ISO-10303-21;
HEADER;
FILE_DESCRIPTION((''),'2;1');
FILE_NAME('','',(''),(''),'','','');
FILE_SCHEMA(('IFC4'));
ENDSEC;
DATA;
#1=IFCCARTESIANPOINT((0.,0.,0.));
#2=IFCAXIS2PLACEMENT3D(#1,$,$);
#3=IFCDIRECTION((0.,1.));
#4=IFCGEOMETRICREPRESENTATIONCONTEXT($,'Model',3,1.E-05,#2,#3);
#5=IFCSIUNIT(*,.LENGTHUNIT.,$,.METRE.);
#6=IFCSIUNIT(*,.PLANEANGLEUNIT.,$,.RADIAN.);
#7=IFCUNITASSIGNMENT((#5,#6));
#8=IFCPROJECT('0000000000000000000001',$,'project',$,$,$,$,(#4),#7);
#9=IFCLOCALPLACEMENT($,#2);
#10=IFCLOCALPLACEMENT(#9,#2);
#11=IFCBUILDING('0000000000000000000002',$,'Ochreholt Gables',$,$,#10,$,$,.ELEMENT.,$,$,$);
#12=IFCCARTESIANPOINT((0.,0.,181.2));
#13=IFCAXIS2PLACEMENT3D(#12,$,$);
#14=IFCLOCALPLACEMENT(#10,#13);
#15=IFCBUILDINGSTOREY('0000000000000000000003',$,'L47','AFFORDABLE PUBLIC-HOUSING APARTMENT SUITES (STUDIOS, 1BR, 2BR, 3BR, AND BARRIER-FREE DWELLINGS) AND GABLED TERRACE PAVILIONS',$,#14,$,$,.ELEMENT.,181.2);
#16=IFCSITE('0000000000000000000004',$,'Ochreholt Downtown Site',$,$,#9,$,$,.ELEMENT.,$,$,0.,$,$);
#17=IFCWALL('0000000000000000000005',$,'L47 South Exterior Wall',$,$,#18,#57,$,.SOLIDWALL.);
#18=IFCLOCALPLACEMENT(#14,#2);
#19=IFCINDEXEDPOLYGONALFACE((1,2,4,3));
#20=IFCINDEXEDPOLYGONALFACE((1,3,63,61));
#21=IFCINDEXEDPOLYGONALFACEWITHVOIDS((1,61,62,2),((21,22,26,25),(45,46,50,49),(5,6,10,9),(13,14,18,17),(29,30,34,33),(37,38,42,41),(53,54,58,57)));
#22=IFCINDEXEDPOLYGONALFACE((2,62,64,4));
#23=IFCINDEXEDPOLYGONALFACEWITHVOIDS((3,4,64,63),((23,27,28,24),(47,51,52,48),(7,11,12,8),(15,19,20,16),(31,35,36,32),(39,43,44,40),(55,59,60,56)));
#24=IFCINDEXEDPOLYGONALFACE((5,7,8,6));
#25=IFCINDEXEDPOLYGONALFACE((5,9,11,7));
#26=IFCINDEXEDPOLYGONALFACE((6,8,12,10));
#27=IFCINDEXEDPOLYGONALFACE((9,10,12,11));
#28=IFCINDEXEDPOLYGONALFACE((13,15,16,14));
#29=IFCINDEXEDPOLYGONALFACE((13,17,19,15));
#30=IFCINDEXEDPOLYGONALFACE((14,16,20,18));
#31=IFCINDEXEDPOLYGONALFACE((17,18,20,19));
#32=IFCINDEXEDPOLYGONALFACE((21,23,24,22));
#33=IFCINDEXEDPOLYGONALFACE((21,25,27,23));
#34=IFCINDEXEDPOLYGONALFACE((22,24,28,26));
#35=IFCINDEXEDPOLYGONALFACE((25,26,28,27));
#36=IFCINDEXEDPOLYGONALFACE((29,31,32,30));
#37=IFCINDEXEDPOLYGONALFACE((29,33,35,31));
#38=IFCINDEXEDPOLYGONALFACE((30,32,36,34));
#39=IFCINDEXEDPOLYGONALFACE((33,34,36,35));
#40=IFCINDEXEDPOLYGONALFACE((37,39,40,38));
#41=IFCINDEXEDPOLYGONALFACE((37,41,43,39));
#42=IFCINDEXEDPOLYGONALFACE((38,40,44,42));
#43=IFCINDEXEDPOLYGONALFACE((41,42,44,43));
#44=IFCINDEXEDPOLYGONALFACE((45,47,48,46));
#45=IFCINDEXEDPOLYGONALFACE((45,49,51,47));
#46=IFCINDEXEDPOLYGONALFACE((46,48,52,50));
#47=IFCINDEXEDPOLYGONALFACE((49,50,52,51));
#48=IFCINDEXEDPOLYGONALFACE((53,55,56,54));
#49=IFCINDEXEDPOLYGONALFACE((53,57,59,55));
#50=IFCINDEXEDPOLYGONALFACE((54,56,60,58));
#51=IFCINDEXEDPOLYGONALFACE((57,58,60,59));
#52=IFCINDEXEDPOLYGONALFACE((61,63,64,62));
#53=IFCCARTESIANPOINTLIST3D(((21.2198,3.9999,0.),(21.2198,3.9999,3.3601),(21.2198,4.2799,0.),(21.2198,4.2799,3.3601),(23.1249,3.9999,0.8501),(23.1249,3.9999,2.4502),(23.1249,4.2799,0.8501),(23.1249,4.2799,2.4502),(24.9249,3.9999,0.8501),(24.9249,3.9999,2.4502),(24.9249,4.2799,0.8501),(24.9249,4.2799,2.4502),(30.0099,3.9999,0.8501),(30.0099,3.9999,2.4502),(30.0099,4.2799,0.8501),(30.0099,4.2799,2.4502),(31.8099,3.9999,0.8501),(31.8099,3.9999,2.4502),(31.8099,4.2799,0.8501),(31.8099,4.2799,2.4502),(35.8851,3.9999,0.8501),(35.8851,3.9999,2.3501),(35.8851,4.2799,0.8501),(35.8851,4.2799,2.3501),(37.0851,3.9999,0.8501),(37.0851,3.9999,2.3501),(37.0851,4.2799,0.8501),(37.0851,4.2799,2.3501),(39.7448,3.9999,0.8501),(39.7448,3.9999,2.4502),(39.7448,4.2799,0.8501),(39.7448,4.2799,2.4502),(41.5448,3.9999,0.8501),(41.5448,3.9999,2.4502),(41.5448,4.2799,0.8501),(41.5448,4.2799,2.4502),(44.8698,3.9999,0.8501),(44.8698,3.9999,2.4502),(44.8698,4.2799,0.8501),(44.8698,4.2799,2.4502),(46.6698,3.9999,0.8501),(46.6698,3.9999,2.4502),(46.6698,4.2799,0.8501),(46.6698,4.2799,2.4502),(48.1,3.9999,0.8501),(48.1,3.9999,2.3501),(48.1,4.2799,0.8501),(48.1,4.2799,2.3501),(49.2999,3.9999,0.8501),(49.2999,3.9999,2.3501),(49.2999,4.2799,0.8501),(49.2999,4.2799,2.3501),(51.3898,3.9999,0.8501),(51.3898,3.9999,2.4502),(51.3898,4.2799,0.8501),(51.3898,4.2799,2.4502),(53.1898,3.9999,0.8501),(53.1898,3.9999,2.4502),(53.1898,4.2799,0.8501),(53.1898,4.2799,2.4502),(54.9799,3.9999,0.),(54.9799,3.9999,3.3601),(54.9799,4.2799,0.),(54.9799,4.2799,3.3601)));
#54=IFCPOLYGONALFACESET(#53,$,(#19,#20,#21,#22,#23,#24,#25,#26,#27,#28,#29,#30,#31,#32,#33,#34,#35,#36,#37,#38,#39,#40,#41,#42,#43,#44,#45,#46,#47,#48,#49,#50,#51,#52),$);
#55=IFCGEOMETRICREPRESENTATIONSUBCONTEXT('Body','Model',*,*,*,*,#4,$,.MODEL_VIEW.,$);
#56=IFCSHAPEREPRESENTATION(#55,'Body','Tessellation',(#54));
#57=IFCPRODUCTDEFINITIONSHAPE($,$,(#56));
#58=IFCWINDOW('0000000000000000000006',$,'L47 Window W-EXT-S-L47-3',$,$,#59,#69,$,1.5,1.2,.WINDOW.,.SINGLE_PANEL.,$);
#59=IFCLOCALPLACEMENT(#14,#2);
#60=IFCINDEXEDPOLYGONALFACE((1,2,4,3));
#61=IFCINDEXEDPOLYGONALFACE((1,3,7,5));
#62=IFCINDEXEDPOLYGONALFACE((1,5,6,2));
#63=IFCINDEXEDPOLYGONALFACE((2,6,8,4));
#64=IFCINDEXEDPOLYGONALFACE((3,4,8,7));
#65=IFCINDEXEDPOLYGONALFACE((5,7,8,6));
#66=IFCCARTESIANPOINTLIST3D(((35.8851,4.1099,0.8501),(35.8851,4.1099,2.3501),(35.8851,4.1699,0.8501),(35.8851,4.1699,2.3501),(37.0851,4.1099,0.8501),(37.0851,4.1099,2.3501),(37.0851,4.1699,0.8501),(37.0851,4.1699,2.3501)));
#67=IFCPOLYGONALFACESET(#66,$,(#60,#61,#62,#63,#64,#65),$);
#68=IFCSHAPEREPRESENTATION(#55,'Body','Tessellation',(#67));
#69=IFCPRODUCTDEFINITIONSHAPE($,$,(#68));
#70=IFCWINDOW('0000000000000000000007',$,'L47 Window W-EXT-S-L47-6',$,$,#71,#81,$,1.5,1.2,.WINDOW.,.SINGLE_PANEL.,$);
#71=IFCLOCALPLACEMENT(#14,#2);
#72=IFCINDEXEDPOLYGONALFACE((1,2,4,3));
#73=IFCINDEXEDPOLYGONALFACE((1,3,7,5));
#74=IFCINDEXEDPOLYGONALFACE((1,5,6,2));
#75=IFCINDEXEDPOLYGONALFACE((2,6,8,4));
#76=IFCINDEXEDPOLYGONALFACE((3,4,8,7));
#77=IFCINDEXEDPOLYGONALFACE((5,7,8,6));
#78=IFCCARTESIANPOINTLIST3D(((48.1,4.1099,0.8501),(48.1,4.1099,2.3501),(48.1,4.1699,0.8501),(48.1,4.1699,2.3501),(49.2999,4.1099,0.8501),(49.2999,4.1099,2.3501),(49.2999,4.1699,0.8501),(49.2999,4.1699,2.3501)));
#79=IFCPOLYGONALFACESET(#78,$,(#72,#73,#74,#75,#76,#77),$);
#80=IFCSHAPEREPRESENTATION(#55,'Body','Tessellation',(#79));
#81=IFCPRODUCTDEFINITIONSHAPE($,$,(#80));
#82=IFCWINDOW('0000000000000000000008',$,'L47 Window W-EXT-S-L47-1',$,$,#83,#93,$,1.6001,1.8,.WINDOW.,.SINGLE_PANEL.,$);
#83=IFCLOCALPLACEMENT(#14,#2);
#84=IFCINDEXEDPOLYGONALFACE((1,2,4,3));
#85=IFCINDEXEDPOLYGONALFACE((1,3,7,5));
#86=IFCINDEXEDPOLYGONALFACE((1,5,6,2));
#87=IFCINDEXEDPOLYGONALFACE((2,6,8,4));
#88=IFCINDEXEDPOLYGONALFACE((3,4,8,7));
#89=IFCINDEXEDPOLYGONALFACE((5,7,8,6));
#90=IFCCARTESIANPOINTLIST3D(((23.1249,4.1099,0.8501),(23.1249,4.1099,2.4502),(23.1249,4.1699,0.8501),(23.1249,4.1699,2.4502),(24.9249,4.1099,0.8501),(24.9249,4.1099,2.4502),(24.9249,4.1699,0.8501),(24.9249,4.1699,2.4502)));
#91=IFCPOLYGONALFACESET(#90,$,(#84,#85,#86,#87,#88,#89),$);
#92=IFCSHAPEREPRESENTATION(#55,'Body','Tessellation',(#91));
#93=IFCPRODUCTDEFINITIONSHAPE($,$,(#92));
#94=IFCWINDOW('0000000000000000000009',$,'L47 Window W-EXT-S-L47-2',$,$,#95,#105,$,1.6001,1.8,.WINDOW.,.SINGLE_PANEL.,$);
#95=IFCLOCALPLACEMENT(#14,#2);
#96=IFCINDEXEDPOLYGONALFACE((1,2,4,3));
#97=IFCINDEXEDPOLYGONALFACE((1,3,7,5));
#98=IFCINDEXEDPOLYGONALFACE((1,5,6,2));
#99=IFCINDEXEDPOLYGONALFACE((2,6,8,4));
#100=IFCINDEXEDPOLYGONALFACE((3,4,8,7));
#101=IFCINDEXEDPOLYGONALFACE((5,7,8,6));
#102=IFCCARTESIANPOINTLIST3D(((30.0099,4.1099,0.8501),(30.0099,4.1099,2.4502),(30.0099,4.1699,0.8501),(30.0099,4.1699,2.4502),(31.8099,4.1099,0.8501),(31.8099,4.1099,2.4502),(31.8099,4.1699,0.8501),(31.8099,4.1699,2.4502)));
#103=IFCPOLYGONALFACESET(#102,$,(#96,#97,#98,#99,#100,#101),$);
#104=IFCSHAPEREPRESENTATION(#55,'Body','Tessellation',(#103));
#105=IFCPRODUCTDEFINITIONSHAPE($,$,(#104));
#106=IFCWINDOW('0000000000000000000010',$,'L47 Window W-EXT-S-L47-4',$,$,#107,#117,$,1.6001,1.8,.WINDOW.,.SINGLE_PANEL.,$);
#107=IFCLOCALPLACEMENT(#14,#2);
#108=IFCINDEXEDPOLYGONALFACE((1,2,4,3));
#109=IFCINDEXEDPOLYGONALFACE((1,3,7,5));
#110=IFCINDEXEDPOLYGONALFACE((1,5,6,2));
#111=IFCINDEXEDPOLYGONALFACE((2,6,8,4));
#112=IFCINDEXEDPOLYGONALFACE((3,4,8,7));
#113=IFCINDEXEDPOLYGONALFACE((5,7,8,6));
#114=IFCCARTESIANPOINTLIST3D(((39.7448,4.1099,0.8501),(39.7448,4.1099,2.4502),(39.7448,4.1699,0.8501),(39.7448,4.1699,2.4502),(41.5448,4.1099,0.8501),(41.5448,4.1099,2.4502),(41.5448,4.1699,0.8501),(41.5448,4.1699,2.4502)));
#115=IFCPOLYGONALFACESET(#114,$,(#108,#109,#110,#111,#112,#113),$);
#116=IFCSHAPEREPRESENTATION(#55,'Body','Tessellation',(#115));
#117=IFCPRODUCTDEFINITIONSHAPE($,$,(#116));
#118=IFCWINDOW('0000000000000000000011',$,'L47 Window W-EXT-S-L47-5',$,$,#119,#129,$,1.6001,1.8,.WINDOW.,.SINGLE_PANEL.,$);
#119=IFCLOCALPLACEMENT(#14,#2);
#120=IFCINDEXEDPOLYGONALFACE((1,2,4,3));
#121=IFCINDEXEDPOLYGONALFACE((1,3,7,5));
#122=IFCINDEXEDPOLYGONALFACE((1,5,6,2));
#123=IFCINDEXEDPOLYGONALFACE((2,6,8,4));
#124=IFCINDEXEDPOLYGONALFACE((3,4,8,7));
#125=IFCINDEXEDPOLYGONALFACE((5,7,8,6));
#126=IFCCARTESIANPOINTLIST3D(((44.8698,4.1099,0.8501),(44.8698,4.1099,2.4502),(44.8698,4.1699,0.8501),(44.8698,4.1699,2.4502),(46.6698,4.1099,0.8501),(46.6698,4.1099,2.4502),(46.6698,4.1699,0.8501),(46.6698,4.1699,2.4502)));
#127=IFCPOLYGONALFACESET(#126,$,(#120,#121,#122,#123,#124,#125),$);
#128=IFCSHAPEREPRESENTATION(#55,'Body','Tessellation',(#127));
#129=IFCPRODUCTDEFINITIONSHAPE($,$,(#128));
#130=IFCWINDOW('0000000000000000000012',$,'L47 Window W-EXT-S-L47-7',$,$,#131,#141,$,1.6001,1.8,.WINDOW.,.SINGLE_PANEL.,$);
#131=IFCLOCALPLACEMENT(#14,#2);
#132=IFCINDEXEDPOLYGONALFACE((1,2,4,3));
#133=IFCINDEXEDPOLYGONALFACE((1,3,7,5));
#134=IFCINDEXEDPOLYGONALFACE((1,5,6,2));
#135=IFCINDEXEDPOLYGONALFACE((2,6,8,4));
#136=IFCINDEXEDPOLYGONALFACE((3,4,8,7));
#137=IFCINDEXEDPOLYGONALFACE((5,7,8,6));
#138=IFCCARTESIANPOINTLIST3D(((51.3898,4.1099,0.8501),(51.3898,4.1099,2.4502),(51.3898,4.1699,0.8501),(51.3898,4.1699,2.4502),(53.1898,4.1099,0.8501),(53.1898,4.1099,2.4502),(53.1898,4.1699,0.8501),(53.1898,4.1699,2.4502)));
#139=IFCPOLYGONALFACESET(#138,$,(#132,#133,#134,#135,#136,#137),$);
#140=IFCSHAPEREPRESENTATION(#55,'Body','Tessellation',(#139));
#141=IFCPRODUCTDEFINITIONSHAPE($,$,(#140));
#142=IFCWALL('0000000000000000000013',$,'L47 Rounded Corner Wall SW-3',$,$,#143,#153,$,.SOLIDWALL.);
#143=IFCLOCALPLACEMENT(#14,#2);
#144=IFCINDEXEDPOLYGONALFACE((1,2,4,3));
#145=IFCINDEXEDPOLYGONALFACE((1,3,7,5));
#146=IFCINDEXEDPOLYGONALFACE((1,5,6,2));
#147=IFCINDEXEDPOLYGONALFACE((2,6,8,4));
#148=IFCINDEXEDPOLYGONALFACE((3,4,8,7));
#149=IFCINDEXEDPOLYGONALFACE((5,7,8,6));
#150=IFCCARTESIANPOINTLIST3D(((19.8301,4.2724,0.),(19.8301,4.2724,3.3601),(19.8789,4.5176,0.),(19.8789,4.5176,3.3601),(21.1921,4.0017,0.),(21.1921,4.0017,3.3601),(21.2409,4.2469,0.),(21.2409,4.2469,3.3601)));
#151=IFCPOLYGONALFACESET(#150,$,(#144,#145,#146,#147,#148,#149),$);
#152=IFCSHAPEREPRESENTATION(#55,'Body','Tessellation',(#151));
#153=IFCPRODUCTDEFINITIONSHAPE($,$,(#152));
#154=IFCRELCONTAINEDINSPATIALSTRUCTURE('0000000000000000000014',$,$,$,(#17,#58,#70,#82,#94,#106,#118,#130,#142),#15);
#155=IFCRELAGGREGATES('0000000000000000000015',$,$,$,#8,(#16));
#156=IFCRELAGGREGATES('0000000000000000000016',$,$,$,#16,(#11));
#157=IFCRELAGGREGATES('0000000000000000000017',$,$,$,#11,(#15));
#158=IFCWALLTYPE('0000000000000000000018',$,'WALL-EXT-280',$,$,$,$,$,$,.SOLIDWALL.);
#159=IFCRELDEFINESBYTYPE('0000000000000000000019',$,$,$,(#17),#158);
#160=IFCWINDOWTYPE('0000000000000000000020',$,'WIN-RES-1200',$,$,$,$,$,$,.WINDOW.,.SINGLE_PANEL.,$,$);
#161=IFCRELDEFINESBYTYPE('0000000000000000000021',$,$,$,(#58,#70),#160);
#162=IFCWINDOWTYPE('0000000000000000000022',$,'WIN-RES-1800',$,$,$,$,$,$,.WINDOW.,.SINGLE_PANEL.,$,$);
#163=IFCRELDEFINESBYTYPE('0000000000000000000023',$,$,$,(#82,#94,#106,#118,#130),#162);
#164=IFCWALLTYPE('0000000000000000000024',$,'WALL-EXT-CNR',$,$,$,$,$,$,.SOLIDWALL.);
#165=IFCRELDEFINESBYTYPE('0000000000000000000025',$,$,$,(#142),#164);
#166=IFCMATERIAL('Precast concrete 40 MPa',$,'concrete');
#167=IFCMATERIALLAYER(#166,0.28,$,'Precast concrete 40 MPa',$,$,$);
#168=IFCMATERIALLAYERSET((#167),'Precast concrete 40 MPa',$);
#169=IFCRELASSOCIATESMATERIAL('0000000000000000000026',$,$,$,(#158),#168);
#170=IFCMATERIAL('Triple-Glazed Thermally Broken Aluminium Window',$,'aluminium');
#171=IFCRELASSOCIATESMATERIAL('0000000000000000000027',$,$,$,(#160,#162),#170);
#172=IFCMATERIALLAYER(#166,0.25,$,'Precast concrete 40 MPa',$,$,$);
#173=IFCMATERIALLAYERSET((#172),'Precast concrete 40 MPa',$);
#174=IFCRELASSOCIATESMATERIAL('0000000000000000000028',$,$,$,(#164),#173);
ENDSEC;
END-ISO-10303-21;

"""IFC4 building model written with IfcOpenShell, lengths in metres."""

from ifc_helpers import new_model, si_unit, direction, frame, frame_2d, origin, place, context, subcontext, project, spatial, rectangle, extrude, material, layer, layer_set, type_object, element, fill, save


model = new_model("IFC4")

# Units and contexts
model_context = context("Model", 3, precision=1e-05, world=origin(), true_north=direction((0.0, 1.0)))
body_context = subcontext(model_context, "Body", "Model", "MODEL_VIEW")
ifc_project = project(units=[si_unit("LENGTHUNIT", "METRE"), si_unit("PLANEANGLEUNIT", "RADIAN")], contexts=[model_context])

# Site, building, storey
site_placement = place(None, origin())
site = spatial("IfcSite", under=ifc_project, at=site_placement, Name="Ochreholt Downtown Site", CompositionType="ELEMENT", RefElevation=0.0)
building_placement = place(site_placement, origin())
building = spatial("IfcBuilding", under=site, at=building_placement, Name="Ochreholt Gables", CompositionType="ELEMENT")
storey_placement = place(building_placement, frame((0.0, 0.0, 181.2)))
storey = spatial("IfcBuildingStorey", under=building, at=storey_placement, Name="L47", Description="AFFORDABLE PUBLIC-HOUSING APARTMENT SUITES (STUDIOS, 1BR, 2BR, 3BR, AND BARRIER-FREE DWELLINGS) AND GABLED TERRACE PAVILIONS", CompositionType="ELEMENT", Elevation=181.2)

# Wall, openings, windows
ifc_material_1 = material(Name="Precast concrete 40 MPa", Category="concrete")
ifc_layer_1 = layer(ifc_material_1, 0.28, Name="Precast concrete 40 MPa")
ifc_layer_set_1 = layer_set([ifc_layer_1], Name="Precast concrete 40 MPa")
wall_type_1 = type_object("IfcWallType", Name="WALL-EXT-280", PredefinedType="SOLIDWALL", material=ifc_layer_set_1)
wall_1_placement = place(storey_placement, frame((21.22, 4.1399, 0.0), z_axis=(0.0, 0.0, 1.0), x_axis=(1.0, 0.0, 0.0)))
wall_1 = element("IfcWall", 1, at=wall_1_placement, inside=storey, type_object=wall_type_1, Name="L47 South Exterior Wall", PredefinedType="SOLIDWALL", context=body_context, shape_type="SweptSolid", body=[
    extrude(rectangle(XDim=33.76, YDim=0.28, at=frame_2d((16.8799, 0.0))), origin(), (0.0, 0.0, 1.0), 3.3601),
])
opening_1_placement = place(wall_1_placement, frame((1.905, 0.0, 0.8501)))
opening_1 = element("IfcOpeningElement", 2, at=opening_1_placement, cuts=wall_1, PredefinedType="OPENING", context=body_context, shape_type="SweptSolid", body=[
    extrude(rectangle(XDim=1.8, YDim=1.6001, at=frame_2d((0.8999, 0.8))), frame((0.0, 0.1499, 0.0), z_axis=(0.0, -1.0, 0.0), x_axis=(1.0, 0.0, 0.0)), (0.0, 0.0, 1.0), 0.3),
])
opening_2_placement = place(wall_1_placement, frame((8.79, 0.0, 0.8501)))
opening_2 = element("IfcOpeningElement", 3, at=opening_2_placement, cuts=wall_1, PredefinedType="OPENING", context=body_context, shape_type="SweptSolid", body=[
    extrude(rectangle(XDim=1.8, YDim=1.6001, at=frame_2d((0.8999, 0.8))), frame((0.0, 0.1499, 0.0), z_axis=(0.0, -1.0, 0.0), x_axis=(1.0, 0.0, 0.0)), (0.0, 0.0, 1.0), 0.3),
])
opening_3_placement = place(wall_1_placement, frame((14.665, 0.0, 0.8501)))
opening_3 = element("IfcOpeningElement", 4, at=opening_3_placement, cuts=wall_1, PredefinedType="OPENING", context=body_context, shape_type="SweptSolid", body=[
    extrude(rectangle(XDim=1.2, YDim=1.5, at=frame_2d((0.6001, 0.75))), frame((0.0, 0.1499, 0.0), z_axis=(0.0, -1.0, 0.0), x_axis=(1.0, 0.0, 0.0)), (0.0, 0.0, 1.0), 0.3),
])
opening_4_placement = place(wall_1_placement, frame((18.5249, 0.0, 0.8501)))
opening_4 = element("IfcOpeningElement", 5, at=opening_4_placement, cuts=wall_1, PredefinedType="OPENING", context=body_context, shape_type="SweptSolid", body=[
    extrude(rectangle(XDim=1.8, YDim=1.6001, at=frame_2d((0.8999, 0.8))), frame((0.0, 0.1499, 0.0), z_axis=(0.0, -1.0, 0.0), x_axis=(1.0, 0.0, 0.0)), (0.0, 0.0, 1.0), 0.3),
])
opening_5_placement = place(wall_1_placement, frame((23.6499, 0.0, 0.8501)))
opening_5 = element("IfcOpeningElement", 6, at=opening_5_placement, cuts=wall_1, PredefinedType="OPENING", context=body_context, shape_type="SweptSolid", body=[
    extrude(rectangle(XDim=1.8, YDim=1.6001, at=frame_2d((0.8999, 0.8))), frame((0.0, 0.1499, 0.0), z_axis=(0.0, -1.0, 0.0), x_axis=(1.0, 0.0, 0.0)), (0.0, 0.0, 1.0), 0.3),
])
opening_6_placement = place(wall_1_placement, frame((26.8799, 0.0, 0.8501)))
opening_6 = element("IfcOpeningElement", 7, at=opening_6_placement, cuts=wall_1, PredefinedType="OPENING", context=body_context, shape_type="SweptSolid", body=[
    extrude(rectangle(XDim=1.2, YDim=1.5, at=frame_2d((0.6001, 0.75))), frame((0.0, 0.1499, 0.0), z_axis=(0.0, -1.0, 0.0), x_axis=(1.0, 0.0, 0.0)), (0.0, 0.0, 1.0), 0.3),
])
opening_7_placement = place(wall_1_placement, frame((30.1699, 0.0, 0.8501)))
opening_7 = element("IfcOpeningElement", 8, at=opening_7_placement, cuts=wall_1, PredefinedType="OPENING", context=body_context, shape_type="SweptSolid", body=[
    extrude(rectangle(XDim=1.8, YDim=1.6001, at=frame_2d((0.8999, 0.8))), frame((0.0, 0.1499, 0.0), z_axis=(0.0, -1.0, 0.0), x_axis=(1.0, 0.0, 0.0)), (0.0, 0.0, 1.0), 0.3),
])
ifc_material_2 = material(Name="Triple-Glazed Thermally Broken Aluminium Window", Category="aluminium")
window_type_1 = type_object("IfcWindowType", Name="WIN-RES-1200", PartitioningType="SINGLE_PANEL", PredefinedType="WINDOW", material=ifc_material_2)
window_1_placement = place(opening_3_placement, origin())
window_1 = element("IfcWindow", 9, at=window_1_placement, inside=storey, type_object=window_type_1, Name="L47 Window W-EXT-S-L47-3", OverallHeight=1.5, OverallWidth=1.2, PartitioningType="SINGLE_PANEL", PredefinedType="WINDOW", context=body_context, shape_type="SweptSolid", body=[
    extrude(rectangle(XDim=1.2, YDim=1.5, at=frame_2d((0.6001, 0.75))), frame((0.0, 0.03, 0.0), z_axis=(0.0, -1.0, 0.0), x_axis=(1.0, 0.0, 0.0)), (0.0, 0.0, 1.0), 0.0601),
])
fill(opening_3, window_1)
window_2_placement = place(opening_6_placement, origin())
window_2 = element("IfcWindow", 10, at=window_2_placement, inside=storey, type_object=window_type_1, Name="L47 Window W-EXT-S-L47-6", OverallHeight=1.5, OverallWidth=1.2, PartitioningType="SINGLE_PANEL", PredefinedType="WINDOW", context=body_context, shape_type="SweptSolid", body=[
    extrude(rectangle(XDim=1.2, YDim=1.5, at=frame_2d((0.6001, 0.75))), frame((0.0, 0.03, 0.0), z_axis=(0.0, -1.0, 0.0), x_axis=(1.0, 0.0, 0.0)), (0.0, 0.0, 1.0), 0.0601),
])
fill(opening_6, window_2)
window_type_2 = type_object("IfcWindowType", Name="WIN-RES-1800", PartitioningType="SINGLE_PANEL", PredefinedType="WINDOW", material=ifc_material_2)
window_3_placement = place(opening_1_placement, origin())
window_3 = element("IfcWindow", 11, at=window_3_placement, inside=storey, type_object=window_type_2, Name="L47 Window W-EXT-S-L47-1", OverallHeight=1.6001, OverallWidth=1.8, PartitioningType="SINGLE_PANEL", PredefinedType="WINDOW", context=body_context, shape_type="SweptSolid", body=[
    extrude(rectangle(XDim=1.8, YDim=1.6001, at=frame_2d((0.8999, 0.8))), frame((0.0, 0.03, 0.0), z_axis=(0.0, -1.0, 0.0), x_axis=(1.0, 0.0, 0.0)), (0.0, 0.0, 1.0), 0.0601),
])
fill(opening_1, window_3)
window_4_placement = place(opening_2_placement, origin())
window_4 = element("IfcWindow", 12, at=window_4_placement, inside=storey, type_object=window_type_2, Name="L47 Window W-EXT-S-L47-2", OverallHeight=1.6001, OverallWidth=1.8, PartitioningType="SINGLE_PANEL", PredefinedType="WINDOW", context=body_context, shape_type="SweptSolid", body=[
    extrude(rectangle(XDim=1.8, YDim=1.6001, at=frame_2d((0.8999, 0.8))), frame((0.0, 0.03, 0.0), z_axis=(0.0, -1.0, 0.0), x_axis=(1.0, 0.0, 0.0)), (0.0, 0.0, 1.0), 0.0601),
])
fill(opening_2, window_4)
window_5_placement = place(opening_4_placement, origin())
window_5 = element("IfcWindow", 13, at=window_5_placement, inside=storey, type_object=window_type_2, Name="L47 Window W-EXT-S-L47-4", OverallHeight=1.6001, OverallWidth=1.8, PartitioningType="SINGLE_PANEL", PredefinedType="WINDOW", context=body_context, shape_type="SweptSolid", body=[
    extrude(rectangle(XDim=1.8, YDim=1.6001, at=frame_2d((0.8999, 0.8))), frame((0.0, 0.03, 0.0), z_axis=(0.0, -1.0, 0.0), x_axis=(1.0, 0.0, 0.0)), (0.0, 0.0, 1.0), 0.0601),
])
fill(opening_4, window_5)
window_6_placement = place(opening_5_placement, origin())
window_6 = element("IfcWindow", 14, at=window_6_placement, inside=storey, type_object=window_type_2, Name="L47 Window W-EXT-S-L47-5", OverallHeight=1.6001, OverallWidth=1.8, PartitioningType="SINGLE_PANEL", PredefinedType="WINDOW", context=body_context, shape_type="SweptSolid", body=[
    extrude(rectangle(XDim=1.8, YDim=1.6001, at=frame_2d((0.8999, 0.8))), frame((0.0, 0.03, 0.0), z_axis=(0.0, -1.0, 0.0), x_axis=(1.0, 0.0, 0.0)), (0.0, 0.0, 1.0), 0.0601),
])
fill(opening_5, window_6)
window_7_placement = place(opening_7_placement, origin())
window_7 = element("IfcWindow", 15, at=window_7_placement, inside=storey, type_object=window_type_2, Name="L47 Window W-EXT-S-L47-7", OverallHeight=1.6001, OverallWidth=1.8, PartitioningType="SINGLE_PANEL", PredefinedType="WINDOW", context=body_context, shape_type="SweptSolid", body=[
    extrude(rectangle(XDim=1.8, YDim=1.6001, at=frame_2d((0.8999, 0.8))), frame((0.0, 0.03, 0.0), z_axis=(0.0, -1.0, 0.0), x_axis=(1.0, 0.0, 0.0)), (0.0, 0.0, 1.0), 0.0601),
])
fill(opening_7, window_7)

# Wall
ifc_layer_2 = layer(ifc_material_1, 0.25, Name="Precast concrete 40 MPa")
ifc_layer_set_2 = layer_set([ifc_layer_2], Name="Precast concrete 40 MPa")
wall_type_2 = type_object("IfcWallType", Name="WALL-EXT-CNR", PredefinedType="SOLIDWALL", material=ifc_layer_set_2)
wall_2_placement = place(storey_placement, frame((19.8545, 4.395, 0.0), z_axis=(0.0, 0.0, 1.0), x_axis=(0.98081, -0.194967, 0.0)))
element("IfcWall", 16, at=wall_2_placement, inside=storey, type_object=wall_type_2, Name="L47 Rounded Corner Wall SW-3", PredefinedType="SOLIDWALL", context=body_context, shape_type="SweptSolid", body=[
    extrude(rectangle(XDim=1.3887, YDim=0.25, at=frame_2d((0.6943, 0.0))), origin(), (0.0, 0.0, 1.0), 3.3601),
])

save(model, "model.ifc")
